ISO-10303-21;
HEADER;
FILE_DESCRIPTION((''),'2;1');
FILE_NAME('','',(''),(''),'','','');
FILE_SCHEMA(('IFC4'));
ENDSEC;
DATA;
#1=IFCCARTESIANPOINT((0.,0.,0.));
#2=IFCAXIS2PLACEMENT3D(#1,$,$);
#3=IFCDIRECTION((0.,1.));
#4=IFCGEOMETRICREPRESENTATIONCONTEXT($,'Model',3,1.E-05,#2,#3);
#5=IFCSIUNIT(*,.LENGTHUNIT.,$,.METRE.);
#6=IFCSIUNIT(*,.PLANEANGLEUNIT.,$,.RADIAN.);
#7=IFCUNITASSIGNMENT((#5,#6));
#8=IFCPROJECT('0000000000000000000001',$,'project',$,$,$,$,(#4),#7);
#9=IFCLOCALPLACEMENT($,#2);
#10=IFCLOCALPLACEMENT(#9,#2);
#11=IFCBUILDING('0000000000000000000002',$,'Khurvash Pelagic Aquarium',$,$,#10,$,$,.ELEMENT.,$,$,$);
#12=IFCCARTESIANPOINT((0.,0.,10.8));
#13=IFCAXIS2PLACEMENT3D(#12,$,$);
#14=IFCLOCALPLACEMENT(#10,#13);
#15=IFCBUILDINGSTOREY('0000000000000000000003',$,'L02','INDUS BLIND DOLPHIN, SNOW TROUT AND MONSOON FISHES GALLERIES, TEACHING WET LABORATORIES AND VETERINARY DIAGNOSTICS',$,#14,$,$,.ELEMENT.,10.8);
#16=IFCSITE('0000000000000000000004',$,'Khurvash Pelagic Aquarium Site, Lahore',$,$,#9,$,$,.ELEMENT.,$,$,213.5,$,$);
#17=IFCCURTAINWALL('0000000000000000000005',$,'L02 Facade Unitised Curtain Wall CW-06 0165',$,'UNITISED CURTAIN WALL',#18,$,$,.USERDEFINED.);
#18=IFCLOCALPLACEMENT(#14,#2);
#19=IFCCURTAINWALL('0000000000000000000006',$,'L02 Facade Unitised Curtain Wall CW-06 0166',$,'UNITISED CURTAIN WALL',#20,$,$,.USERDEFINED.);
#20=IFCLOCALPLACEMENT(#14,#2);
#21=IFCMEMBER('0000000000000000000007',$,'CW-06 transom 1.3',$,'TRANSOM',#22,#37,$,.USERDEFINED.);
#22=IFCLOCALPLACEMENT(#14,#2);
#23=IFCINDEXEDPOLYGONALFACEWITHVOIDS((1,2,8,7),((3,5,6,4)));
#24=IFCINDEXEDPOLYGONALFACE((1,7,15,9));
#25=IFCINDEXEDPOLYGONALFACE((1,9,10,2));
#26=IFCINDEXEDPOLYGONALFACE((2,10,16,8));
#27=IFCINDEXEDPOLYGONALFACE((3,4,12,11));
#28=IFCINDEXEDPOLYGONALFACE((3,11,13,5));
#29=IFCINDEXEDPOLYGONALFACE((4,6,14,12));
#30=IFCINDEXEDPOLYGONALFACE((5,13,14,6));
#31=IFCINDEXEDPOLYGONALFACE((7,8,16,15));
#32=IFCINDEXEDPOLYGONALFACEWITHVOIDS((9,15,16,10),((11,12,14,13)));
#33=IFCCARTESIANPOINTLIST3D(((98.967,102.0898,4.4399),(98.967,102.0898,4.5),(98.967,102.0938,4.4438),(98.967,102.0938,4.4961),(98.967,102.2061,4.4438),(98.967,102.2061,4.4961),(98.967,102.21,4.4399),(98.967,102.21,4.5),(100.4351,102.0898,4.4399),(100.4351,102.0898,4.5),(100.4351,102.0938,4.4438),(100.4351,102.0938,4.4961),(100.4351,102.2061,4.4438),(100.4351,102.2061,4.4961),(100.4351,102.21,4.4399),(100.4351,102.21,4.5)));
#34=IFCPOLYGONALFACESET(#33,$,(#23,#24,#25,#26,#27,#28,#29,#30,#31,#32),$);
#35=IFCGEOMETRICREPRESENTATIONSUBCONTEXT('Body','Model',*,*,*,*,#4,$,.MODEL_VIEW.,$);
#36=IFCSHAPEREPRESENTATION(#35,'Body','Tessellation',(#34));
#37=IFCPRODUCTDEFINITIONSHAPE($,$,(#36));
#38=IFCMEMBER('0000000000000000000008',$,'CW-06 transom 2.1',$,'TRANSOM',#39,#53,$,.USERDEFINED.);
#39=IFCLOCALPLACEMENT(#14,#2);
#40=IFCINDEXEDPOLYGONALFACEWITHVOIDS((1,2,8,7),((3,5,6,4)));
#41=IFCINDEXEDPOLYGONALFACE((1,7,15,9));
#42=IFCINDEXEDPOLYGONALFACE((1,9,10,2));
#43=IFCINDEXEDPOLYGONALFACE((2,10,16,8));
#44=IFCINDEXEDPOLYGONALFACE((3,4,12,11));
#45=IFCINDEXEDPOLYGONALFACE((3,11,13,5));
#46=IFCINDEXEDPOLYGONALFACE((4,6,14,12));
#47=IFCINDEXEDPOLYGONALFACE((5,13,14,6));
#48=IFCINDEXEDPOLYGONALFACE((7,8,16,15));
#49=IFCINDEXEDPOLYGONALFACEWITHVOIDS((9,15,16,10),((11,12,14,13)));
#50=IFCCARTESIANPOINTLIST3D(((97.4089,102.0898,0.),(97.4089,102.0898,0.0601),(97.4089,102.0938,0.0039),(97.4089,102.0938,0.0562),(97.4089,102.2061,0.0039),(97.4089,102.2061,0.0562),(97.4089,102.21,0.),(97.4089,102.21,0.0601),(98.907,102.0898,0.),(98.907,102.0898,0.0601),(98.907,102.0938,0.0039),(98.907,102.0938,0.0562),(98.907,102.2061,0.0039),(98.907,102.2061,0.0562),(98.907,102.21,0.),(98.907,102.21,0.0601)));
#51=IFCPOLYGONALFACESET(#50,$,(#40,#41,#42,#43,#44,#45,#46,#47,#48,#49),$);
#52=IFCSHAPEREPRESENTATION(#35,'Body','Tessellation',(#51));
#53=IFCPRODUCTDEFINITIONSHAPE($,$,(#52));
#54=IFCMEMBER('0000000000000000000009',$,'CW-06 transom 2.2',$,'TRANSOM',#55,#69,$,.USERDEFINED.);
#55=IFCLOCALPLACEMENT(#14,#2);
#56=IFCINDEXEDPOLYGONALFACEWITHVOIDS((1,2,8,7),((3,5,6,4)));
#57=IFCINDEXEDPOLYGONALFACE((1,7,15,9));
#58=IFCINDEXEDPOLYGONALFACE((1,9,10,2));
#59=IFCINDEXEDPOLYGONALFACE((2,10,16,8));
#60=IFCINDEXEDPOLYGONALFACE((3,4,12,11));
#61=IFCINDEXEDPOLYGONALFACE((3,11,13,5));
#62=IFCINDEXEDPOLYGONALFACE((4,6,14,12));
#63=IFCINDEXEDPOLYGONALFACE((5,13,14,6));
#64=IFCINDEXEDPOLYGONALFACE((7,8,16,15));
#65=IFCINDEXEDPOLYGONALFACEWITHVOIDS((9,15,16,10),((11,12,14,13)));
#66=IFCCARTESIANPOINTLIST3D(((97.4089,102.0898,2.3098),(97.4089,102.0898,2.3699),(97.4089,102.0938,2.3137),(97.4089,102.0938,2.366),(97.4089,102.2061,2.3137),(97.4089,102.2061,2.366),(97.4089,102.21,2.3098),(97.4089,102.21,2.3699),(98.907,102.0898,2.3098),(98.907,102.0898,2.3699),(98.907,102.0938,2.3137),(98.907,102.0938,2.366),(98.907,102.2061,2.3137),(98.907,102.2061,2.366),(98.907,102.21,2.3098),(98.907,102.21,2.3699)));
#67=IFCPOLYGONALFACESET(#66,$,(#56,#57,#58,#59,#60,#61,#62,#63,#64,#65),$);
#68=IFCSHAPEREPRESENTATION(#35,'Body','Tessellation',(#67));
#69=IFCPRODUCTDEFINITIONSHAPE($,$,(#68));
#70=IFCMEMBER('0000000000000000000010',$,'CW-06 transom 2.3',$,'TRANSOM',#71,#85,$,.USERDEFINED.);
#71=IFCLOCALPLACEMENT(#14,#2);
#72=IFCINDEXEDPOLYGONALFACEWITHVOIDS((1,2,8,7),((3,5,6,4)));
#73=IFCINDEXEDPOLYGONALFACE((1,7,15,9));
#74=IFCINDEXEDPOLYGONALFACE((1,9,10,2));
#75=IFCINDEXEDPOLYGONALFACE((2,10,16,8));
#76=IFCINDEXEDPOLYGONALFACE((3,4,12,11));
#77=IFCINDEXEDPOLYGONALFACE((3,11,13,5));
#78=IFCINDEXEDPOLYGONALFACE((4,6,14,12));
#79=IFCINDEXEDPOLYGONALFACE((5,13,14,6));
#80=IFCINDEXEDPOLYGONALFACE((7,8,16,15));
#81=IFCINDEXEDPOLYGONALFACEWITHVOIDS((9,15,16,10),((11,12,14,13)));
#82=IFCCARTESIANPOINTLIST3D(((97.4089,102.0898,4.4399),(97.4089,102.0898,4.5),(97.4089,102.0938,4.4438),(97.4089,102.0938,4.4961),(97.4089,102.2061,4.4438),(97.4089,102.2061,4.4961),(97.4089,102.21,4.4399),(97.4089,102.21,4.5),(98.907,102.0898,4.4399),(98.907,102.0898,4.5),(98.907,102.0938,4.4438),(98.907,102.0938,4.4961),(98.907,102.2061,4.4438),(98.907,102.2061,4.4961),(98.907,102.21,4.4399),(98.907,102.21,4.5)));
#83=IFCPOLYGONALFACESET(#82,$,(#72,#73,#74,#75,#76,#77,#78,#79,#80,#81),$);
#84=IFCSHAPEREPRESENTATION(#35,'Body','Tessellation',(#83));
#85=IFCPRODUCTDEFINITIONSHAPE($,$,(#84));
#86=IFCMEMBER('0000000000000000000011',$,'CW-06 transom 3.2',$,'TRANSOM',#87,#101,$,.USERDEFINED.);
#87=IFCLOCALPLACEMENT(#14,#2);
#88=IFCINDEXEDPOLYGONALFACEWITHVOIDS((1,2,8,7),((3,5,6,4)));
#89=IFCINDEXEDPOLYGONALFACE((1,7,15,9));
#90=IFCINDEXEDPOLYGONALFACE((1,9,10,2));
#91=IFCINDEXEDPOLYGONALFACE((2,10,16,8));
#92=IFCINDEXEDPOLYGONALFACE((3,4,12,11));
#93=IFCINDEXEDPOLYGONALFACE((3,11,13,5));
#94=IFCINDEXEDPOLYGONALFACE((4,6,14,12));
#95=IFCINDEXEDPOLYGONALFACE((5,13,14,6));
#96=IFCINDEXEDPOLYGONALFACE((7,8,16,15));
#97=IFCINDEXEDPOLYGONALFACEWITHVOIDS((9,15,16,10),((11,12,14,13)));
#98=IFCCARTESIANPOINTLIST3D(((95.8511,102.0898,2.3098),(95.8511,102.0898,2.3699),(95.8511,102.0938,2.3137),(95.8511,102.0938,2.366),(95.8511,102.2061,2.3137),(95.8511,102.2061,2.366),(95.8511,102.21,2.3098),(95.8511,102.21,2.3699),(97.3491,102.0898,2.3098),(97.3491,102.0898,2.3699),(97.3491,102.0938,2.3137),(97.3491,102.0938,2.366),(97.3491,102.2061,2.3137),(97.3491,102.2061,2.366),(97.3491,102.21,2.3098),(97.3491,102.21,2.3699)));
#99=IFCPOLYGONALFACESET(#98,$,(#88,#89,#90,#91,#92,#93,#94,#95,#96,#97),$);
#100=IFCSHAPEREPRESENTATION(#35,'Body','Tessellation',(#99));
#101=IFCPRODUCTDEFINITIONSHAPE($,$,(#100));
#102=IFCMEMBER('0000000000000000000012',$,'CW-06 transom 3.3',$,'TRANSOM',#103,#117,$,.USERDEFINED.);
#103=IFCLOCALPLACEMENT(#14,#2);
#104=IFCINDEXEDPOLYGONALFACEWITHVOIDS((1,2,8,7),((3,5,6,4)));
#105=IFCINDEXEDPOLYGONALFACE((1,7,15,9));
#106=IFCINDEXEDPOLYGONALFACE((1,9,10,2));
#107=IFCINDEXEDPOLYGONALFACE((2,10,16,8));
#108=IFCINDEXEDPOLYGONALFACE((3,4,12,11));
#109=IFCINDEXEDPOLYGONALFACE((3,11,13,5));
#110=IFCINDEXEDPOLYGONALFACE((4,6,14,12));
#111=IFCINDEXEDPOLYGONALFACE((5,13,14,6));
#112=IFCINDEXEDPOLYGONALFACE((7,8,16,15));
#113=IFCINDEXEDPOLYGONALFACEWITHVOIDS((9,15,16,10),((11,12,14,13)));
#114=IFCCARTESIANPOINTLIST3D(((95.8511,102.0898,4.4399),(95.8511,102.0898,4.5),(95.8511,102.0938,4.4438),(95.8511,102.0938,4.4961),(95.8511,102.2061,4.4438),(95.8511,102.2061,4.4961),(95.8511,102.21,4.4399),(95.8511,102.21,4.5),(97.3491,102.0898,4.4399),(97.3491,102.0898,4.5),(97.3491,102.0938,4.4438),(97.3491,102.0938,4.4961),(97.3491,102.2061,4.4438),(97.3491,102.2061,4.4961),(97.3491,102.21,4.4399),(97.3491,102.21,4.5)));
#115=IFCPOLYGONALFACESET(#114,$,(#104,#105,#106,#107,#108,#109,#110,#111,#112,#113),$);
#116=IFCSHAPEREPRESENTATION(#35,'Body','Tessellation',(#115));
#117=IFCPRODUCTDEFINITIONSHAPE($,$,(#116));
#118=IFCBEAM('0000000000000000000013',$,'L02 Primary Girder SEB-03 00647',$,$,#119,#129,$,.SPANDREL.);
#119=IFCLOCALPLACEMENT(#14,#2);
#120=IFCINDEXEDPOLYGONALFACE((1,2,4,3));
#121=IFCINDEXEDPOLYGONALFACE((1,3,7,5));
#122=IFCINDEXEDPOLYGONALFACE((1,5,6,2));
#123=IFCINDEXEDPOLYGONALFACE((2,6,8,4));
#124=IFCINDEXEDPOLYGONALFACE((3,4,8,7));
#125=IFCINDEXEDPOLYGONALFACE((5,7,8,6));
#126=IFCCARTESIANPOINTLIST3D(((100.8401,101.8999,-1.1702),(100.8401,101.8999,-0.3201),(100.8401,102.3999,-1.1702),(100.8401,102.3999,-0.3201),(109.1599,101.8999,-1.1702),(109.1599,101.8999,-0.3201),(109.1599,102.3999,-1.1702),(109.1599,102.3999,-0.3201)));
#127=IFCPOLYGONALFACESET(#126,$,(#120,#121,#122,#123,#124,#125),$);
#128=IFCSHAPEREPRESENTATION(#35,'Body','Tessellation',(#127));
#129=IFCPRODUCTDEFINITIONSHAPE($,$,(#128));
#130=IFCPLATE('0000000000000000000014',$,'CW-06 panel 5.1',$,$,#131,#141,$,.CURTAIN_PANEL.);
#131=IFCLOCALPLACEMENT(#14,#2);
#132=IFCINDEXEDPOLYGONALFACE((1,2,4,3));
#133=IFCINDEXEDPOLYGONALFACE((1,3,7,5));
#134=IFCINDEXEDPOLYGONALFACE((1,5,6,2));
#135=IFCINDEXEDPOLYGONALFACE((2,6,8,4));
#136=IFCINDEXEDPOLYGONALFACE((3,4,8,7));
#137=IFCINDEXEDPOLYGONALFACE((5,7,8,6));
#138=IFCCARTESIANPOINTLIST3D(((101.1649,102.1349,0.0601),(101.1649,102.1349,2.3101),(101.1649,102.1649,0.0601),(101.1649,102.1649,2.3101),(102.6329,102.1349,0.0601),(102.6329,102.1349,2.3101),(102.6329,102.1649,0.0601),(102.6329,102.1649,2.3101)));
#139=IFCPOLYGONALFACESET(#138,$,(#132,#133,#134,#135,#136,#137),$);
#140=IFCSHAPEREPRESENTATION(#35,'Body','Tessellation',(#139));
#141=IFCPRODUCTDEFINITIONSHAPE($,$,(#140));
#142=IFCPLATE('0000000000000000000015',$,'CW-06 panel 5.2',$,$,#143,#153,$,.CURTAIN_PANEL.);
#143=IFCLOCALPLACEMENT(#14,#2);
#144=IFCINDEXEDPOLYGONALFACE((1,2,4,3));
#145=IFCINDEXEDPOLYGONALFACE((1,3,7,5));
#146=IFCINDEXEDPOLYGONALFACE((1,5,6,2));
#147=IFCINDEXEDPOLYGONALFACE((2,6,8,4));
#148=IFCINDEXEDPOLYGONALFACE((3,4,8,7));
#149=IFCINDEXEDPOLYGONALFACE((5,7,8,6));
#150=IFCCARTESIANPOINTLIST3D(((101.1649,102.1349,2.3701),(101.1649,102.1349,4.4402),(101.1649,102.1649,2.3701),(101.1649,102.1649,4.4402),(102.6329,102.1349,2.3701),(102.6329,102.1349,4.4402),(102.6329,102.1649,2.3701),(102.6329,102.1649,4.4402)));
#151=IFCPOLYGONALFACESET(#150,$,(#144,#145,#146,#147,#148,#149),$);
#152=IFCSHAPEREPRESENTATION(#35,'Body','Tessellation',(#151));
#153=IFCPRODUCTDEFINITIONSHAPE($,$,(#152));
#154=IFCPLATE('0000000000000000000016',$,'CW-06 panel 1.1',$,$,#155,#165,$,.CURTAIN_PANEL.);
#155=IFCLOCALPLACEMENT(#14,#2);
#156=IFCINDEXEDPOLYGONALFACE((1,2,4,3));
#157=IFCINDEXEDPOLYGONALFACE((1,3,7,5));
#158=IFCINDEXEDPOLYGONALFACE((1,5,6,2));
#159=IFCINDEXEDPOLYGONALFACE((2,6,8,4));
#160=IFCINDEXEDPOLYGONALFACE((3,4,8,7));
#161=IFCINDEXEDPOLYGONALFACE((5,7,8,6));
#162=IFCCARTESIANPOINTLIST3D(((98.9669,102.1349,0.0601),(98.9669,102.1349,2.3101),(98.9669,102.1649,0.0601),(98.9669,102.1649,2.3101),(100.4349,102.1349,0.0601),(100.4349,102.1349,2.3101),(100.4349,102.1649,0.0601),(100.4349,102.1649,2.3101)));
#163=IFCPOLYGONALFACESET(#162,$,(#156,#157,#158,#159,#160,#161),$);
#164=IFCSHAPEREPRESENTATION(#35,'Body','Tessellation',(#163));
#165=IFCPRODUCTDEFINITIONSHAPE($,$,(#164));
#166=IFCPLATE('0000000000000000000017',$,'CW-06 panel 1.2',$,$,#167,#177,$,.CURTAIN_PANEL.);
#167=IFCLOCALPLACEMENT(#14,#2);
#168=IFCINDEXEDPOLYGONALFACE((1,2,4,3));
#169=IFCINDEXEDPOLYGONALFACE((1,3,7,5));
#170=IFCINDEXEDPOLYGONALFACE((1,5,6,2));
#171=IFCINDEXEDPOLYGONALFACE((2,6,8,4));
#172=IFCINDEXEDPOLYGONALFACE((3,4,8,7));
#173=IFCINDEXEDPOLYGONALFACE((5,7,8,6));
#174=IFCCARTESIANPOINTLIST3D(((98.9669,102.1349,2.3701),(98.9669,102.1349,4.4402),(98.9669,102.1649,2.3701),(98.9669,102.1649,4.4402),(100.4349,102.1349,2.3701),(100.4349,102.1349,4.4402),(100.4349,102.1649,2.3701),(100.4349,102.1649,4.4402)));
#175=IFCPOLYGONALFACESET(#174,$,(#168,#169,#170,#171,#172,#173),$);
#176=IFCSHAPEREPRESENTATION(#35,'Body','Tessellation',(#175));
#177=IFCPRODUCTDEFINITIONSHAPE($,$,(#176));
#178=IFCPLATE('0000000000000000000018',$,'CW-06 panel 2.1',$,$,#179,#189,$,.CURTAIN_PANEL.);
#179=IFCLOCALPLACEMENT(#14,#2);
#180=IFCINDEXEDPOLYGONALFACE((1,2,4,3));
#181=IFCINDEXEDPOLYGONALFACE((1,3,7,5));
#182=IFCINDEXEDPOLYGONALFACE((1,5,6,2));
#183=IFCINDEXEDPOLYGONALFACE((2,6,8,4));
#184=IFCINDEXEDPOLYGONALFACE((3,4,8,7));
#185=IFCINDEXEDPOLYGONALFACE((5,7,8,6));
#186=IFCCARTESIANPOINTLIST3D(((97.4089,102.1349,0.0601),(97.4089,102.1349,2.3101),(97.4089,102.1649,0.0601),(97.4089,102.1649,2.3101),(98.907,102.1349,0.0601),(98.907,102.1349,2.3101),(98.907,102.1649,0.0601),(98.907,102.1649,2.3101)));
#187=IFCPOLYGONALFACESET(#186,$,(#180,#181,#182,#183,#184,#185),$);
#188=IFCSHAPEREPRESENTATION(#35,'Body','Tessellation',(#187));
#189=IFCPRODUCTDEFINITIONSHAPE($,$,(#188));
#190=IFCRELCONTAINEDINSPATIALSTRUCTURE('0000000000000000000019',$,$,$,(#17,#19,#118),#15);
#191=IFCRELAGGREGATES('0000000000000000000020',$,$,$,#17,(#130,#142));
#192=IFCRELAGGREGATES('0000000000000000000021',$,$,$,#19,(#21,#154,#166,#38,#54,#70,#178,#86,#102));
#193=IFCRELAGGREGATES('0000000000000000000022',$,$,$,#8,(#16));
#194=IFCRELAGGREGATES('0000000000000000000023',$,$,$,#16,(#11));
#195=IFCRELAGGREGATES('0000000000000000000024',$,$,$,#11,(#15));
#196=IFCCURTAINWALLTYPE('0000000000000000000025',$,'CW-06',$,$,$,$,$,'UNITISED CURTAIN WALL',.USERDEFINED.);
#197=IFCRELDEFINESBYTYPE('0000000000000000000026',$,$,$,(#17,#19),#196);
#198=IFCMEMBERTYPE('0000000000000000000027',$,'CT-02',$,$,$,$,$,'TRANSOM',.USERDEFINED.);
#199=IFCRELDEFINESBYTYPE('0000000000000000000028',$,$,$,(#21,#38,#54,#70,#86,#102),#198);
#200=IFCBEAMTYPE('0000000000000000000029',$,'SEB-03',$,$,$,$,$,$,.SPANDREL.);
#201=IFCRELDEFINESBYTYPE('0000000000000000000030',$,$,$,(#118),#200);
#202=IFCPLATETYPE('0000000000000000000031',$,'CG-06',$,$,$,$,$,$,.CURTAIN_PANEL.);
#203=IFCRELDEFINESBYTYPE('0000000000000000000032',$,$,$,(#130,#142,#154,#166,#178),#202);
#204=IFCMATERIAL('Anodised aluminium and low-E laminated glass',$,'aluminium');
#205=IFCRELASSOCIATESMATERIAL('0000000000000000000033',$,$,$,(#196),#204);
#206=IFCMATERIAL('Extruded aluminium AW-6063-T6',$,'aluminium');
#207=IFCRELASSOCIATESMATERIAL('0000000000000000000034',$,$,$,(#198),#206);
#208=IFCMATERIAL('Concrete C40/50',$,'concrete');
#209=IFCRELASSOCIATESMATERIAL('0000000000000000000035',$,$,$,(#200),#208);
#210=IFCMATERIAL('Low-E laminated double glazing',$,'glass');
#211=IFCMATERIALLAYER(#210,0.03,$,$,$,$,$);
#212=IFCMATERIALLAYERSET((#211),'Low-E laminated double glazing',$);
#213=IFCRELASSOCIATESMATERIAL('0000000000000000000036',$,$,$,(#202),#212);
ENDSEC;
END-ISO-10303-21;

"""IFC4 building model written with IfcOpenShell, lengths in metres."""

from ifc_helpers import new_model, si_unit, direction, frame, origin, origin_2d, place, context, subcontext, project, spatial, rectangle, hollow_rectangle, extrude, material, layer, layer_set, material_profile, profile_set, type_object, element, aggregate, save


model = new_model("IFC4")

# Units and contexts
model_context = context("Model", 3, precision=1e-05, world=origin(), true_north=direction((0.0, 1.0)))
body_context = subcontext(model_context, "Body", "Model", "MODEL_VIEW")
ifc_project = project(units=[si_unit("LENGTHUNIT", "METRE"), si_unit("PLANEANGLEUNIT", "RADIAN")], contexts=[model_context])

# Site, building, storey
site_placement = place(None, origin())
site = spatial("IfcSite", under=ifc_project, at=site_placement, Name="Khurvash Pelagic Aquarium Site, Lahore", CompositionType="ELEMENT", RefElevation=213.5)
building_placement = place(site_placement, origin())
building = spatial("IfcBuilding", under=site, at=building_placement, Name="Khurvash Pelagic Aquarium", CompositionType="ELEMENT")
storey_placement = place(building_placement, frame((0.0, 0.0, 10.8)))
storey = spatial("IfcBuildingStorey", under=building, at=storey_placement, Name="L02", Description="INDUS BLIND DOLPHIN, SNOW TROUT AND MONSOON FISHES GALLERIES, TEACHING WET LABORATORIES AND VETERINARY DIAGNOSTICS", CompositionType="ELEMENT", Elevation=10.8)

# Shared definitions
ifc_material_1 = material(Name="Concrete C40/50", Category="concrete")

# Curtain walls
ifc_material_2 = material(Name="Anodised aluminium and low-E laminated glass", Category="aluminium")
curtain_wall_type = type_object("IfcCurtainWallType", Name="CW-06", ElementType="UNITISED CURTAIN WALL", PredefinedType="USERDEFINED", material=ifc_material_2)
curtain_wall_1_placement = place(storey_placement, origin())
curtain_wall_1 = element("IfcCurtainWall", 1, at=curtain_wall_1_placement, inside=storey, type_object=curtain_wall_type, Name="L02 Facade Unitised Curtain Wall CW-06 0165", ObjectType="UNITISED CURTAIN WALL", PredefinedType="USERDEFINED")
ifc_material_3 = material(Name="Extruded aluminium AW-6063-T6", Category="aluminium")
curtain_wall_2_placement = place(storey_placement, origin())
curtain_wall_2 = element("IfcCurtainWall", 2, at=curtain_wall_2_placement, inside=storey, type_object=curtain_wall_type, Name="L02 Facade Unitised Curtain Wall CW-06 0166", ObjectType="UNITISED CURTAIN WALL", PredefinedType="USERDEFINED")

# Members
ifc_material_profile_1 = material_profile(ifc_material_3, hollow_rectangle(XDim=0.1201, YDim=0.0601, WallThickness=0.0039, at=origin_2d()), Name="CWT120X60X4")
ifc_profile_set_1 = profile_set([ifc_material_profile_1], Name="Extruded aluminium AW-6063-T6")
member_type_1 = type_object("IfcMemberType", Name="CT-02", ElementType="TRANSOM", PredefinedType="USERDEFINED", material=ifc_profile_set_1)
member_1_placement = place(storey_placement, frame((100.4351, 102.1499, 4.47), z_axis=(-1.0, 0.0, 0.0), x_axis=(0.0, -1.0, 0.0)))
member_1 = element("IfcMember", 3, at=member_1_placement, type_object=member_type_1, Name="CW-06 transom 1.3", ObjectType="TRANSOM", PredefinedType="USERDEFINED", context=body_context, shape_type="SweptSolid", body=[
    extrude(hollow_rectangle(XDim=0.1201, YDim=0.0601, WallThickness=0.0039, at=origin_2d()), origin(), (0.0, 0.0, 1.0), 1.468),
])
member_2_placement = place(storey_placement, frame((98.907, 102.1499, 0.03), z_axis=(-1.0, 0.0, 0.0), x_axis=(0.0, -1.0, 0.0)))
member_2 = element("IfcMember", 4, at=member_2_placement, type_object=member_type_1, Name="CW-06 transom 2.1", ObjectType="TRANSOM", PredefinedType="USERDEFINED", context=body_context, shape_type="SweptSolid", body=[
    extrude(hollow_rectangle(XDim=0.1201, YDim=0.0601, WallThickness=0.0039, at=origin_2d()), origin(), (0.0, 0.0, 1.0), 1.498),
])
member_3_placement = place(storey_placement, frame((98.907, 102.1499, 2.3398), z_axis=(-1.0, 0.0, 0.0), x_axis=(0.0, -1.0, 0.0)))
member_3 = element("IfcMember", 5, at=member_3_placement, type_object=member_type_1, Name="CW-06 transom 2.2", ObjectType="TRANSOM", PredefinedType="USERDEFINED", context=body_context, shape_type="SweptSolid", body=[
    extrude(hollow_rectangle(XDim=0.1201, YDim=0.0601, WallThickness=0.0039, at=origin_2d()), origin(), (0.0, 0.0, 1.0), 1.498),
])
member_4_placement = place(storey_placement, frame((98.907, 102.1499, 4.47), z_axis=(-1.0, 0.0, 0.0), x_axis=(0.0, -1.0, 0.0)))
member_4 = element("IfcMember", 6, at=member_4_placement, type_object=member_type_1, Name="CW-06 transom 2.3", ObjectType="TRANSOM", PredefinedType="USERDEFINED", context=body_context, shape_type="SweptSolid", body=[
    extrude(hollow_rectangle(XDim=0.1201, YDim=0.0601, WallThickness=0.0039, at=origin_2d()), origin(), (0.0, 0.0, 1.0), 1.498),
])
member_5_placement = place(storey_placement, frame((97.3491, 102.1499, 2.3398), z_axis=(-1.0, 0.0, 0.0), x_axis=(0.0, -1.0, 0.0)))
member_5 = element("IfcMember", 7, at=member_5_placement, type_object=member_type_1, Name="CW-06 transom 3.2", ObjectType="TRANSOM", PredefinedType="USERDEFINED", context=body_context, shape_type="SweptSolid", body=[
    extrude(hollow_rectangle(XDim=0.1201, YDim=0.0601, WallThickness=0.0039, at=origin_2d()), origin(), (0.0, 0.0, 1.0), 1.498),
])
member_6_placement = place(storey_placement, frame((97.3491, 102.1499, 4.47), z_axis=(-1.0, 0.0, 0.0), x_axis=(0.0, -1.0, 0.0)))
member_6 = element("IfcMember", 8, at=member_6_placement, type_object=member_type_1, Name="CW-06 transom 3.3", ObjectType="TRANSOM", PredefinedType="USERDEFINED", context=body_context, shape_type="SweptSolid", body=[
    extrude(hollow_rectangle(XDim=0.1201, YDim=0.0601, WallThickness=0.0039, at=origin_2d()), origin(), (0.0, 0.0, 1.0), 1.498),
])

# Beam
ifc_material_profile_2 = material_profile(ifc_material_1, rectangle(XDim=0.5, YDim=0.8501, at=origin_2d()), Name="RC500X850")
ifc_profile_set_2 = profile_set([ifc_material_profile_2], Name="Concrete C40/50")
beam_type = type_object("IfcBeamType", Name="SEB-03", PredefinedType="SPANDREL", material=ifc_profile_set_2)
beam_placement = place(storey_placement, frame((100.8401, 102.1499, -0.7451), z_axis=(1.0, 0.0, 0.0), x_axis=(0.0, 1.0, 0.0)))
element("IfcBeam", 9, at=beam_placement, inside=storey, type_object=beam_type, Name="L02 Primary Girder SEB-03 00647", PredefinedType="SPANDREL", context=body_context, shape_type="SweptSolid", body=[
    extrude(rectangle(XDim=0.5, YDim=0.8501, at=origin_2d()), origin(), (0.0, 0.0, 1.0), 8.3198),
])

# Plates
ifc_material_4 = material(Name="Low-E laminated double glazing", Category="glass")
ifc_layer = layer(ifc_material_4, 0.03)
ifc_layer_set = layer_set([ifc_layer], Name="Low-E laminated double glazing")
plate_type = type_object("IfcPlateType", Name="CG-06", PredefinedType="CURTAIN_PANEL", material=ifc_layer_set)
plate_1_placement = place(storey_placement, frame((101.8989, 102.1499, 0.0601), z_axis=(0.0, 0.0, 1.0), x_axis=(-1.0, 0.0, 0.0)))
plate_1 = element("IfcPlate", 10, at=plate_1_placement, type_object=plate_type, Name="CW-06 panel 5.1", PredefinedType="CURTAIN_PANEL", context=body_context, shape_type="SweptSolid", body=[
    extrude(rectangle(XDim=1.468, YDim=0.03, at=origin_2d()), origin(), (0.0, 0.0, 1.0), 2.25),
])
plate_2_placement = place(storey_placement, frame((101.8989, 102.1499, 2.3701), z_axis=(0.0, 0.0, 1.0), x_axis=(-1.0, 0.0, 0.0)))
plate_2 = element("IfcPlate", 11, at=plate_2_placement, type_object=plate_type, Name="CW-06 panel 5.2", PredefinedType="CURTAIN_PANEL", context=body_context, shape_type="SweptSolid", body=[
    extrude(rectangle(XDim=1.468, YDim=0.03, at=origin_2d()), origin(), (0.0, 0.0, 1.0), 2.0701),
])
aggregate(curtain_wall_1, [plate_1, plate_2])
plate_3_placement = place(storey_placement, frame((99.7009, 102.1499, 0.0601), z_axis=(0.0, 0.0, 1.0), x_axis=(-1.0, 0.0, 0.0)))
plate_3 = element("IfcPlate", 12, at=plate_3_placement, type_object=plate_type, Name="CW-06 panel 1.1", PredefinedType="CURTAIN_PANEL", context=body_context, shape_type="SweptSolid", body=[
    extrude(rectangle(XDim=1.468, YDim=0.03, at=origin_2d()), origin(), (0.0, 0.0, 1.0), 2.25),
])
plate_4_placement = place(storey_placement, frame((99.7009, 102.1499, 2.3701), z_axis=(0.0, 0.0, 1.0), x_axis=(-1.0, 0.0, 0.0)))
plate_4 = element("IfcPlate", 13, at=plate_4_placement, type_object=plate_type, Name="CW-06 panel 1.2", PredefinedType="CURTAIN_PANEL", context=body_context, shape_type="SweptSolid", body=[
    extrude(rectangle(XDim=1.468, YDim=0.03, at=origin_2d()), origin(), (0.0, 0.0, 1.0), 2.0701),
])
plate_5_placement = place(storey_placement, frame((98.158, 102.1499, 0.0601), z_axis=(0.0, 0.0, 1.0), x_axis=(-1.0, 0.0, 0.0)))
plate_5 = element("IfcPlate", 14, at=plate_5_placement, type_object=plate_type, Name="CW-06 panel 2.1", PredefinedType="CURTAIN_PANEL", context=body_context, shape_type="SweptSolid", body=[
    extrude(rectangle(XDim=1.498, YDim=0.03, at=origin_2d()), origin(), (0.0, 0.0, 1.0), 2.25),
])
aggregate(curtain_wall_2, [member_1, plate_3, plate_4, member_2, member_3, member_4, plate_5, member_5, member_6])

save(model, "model.ifc")
